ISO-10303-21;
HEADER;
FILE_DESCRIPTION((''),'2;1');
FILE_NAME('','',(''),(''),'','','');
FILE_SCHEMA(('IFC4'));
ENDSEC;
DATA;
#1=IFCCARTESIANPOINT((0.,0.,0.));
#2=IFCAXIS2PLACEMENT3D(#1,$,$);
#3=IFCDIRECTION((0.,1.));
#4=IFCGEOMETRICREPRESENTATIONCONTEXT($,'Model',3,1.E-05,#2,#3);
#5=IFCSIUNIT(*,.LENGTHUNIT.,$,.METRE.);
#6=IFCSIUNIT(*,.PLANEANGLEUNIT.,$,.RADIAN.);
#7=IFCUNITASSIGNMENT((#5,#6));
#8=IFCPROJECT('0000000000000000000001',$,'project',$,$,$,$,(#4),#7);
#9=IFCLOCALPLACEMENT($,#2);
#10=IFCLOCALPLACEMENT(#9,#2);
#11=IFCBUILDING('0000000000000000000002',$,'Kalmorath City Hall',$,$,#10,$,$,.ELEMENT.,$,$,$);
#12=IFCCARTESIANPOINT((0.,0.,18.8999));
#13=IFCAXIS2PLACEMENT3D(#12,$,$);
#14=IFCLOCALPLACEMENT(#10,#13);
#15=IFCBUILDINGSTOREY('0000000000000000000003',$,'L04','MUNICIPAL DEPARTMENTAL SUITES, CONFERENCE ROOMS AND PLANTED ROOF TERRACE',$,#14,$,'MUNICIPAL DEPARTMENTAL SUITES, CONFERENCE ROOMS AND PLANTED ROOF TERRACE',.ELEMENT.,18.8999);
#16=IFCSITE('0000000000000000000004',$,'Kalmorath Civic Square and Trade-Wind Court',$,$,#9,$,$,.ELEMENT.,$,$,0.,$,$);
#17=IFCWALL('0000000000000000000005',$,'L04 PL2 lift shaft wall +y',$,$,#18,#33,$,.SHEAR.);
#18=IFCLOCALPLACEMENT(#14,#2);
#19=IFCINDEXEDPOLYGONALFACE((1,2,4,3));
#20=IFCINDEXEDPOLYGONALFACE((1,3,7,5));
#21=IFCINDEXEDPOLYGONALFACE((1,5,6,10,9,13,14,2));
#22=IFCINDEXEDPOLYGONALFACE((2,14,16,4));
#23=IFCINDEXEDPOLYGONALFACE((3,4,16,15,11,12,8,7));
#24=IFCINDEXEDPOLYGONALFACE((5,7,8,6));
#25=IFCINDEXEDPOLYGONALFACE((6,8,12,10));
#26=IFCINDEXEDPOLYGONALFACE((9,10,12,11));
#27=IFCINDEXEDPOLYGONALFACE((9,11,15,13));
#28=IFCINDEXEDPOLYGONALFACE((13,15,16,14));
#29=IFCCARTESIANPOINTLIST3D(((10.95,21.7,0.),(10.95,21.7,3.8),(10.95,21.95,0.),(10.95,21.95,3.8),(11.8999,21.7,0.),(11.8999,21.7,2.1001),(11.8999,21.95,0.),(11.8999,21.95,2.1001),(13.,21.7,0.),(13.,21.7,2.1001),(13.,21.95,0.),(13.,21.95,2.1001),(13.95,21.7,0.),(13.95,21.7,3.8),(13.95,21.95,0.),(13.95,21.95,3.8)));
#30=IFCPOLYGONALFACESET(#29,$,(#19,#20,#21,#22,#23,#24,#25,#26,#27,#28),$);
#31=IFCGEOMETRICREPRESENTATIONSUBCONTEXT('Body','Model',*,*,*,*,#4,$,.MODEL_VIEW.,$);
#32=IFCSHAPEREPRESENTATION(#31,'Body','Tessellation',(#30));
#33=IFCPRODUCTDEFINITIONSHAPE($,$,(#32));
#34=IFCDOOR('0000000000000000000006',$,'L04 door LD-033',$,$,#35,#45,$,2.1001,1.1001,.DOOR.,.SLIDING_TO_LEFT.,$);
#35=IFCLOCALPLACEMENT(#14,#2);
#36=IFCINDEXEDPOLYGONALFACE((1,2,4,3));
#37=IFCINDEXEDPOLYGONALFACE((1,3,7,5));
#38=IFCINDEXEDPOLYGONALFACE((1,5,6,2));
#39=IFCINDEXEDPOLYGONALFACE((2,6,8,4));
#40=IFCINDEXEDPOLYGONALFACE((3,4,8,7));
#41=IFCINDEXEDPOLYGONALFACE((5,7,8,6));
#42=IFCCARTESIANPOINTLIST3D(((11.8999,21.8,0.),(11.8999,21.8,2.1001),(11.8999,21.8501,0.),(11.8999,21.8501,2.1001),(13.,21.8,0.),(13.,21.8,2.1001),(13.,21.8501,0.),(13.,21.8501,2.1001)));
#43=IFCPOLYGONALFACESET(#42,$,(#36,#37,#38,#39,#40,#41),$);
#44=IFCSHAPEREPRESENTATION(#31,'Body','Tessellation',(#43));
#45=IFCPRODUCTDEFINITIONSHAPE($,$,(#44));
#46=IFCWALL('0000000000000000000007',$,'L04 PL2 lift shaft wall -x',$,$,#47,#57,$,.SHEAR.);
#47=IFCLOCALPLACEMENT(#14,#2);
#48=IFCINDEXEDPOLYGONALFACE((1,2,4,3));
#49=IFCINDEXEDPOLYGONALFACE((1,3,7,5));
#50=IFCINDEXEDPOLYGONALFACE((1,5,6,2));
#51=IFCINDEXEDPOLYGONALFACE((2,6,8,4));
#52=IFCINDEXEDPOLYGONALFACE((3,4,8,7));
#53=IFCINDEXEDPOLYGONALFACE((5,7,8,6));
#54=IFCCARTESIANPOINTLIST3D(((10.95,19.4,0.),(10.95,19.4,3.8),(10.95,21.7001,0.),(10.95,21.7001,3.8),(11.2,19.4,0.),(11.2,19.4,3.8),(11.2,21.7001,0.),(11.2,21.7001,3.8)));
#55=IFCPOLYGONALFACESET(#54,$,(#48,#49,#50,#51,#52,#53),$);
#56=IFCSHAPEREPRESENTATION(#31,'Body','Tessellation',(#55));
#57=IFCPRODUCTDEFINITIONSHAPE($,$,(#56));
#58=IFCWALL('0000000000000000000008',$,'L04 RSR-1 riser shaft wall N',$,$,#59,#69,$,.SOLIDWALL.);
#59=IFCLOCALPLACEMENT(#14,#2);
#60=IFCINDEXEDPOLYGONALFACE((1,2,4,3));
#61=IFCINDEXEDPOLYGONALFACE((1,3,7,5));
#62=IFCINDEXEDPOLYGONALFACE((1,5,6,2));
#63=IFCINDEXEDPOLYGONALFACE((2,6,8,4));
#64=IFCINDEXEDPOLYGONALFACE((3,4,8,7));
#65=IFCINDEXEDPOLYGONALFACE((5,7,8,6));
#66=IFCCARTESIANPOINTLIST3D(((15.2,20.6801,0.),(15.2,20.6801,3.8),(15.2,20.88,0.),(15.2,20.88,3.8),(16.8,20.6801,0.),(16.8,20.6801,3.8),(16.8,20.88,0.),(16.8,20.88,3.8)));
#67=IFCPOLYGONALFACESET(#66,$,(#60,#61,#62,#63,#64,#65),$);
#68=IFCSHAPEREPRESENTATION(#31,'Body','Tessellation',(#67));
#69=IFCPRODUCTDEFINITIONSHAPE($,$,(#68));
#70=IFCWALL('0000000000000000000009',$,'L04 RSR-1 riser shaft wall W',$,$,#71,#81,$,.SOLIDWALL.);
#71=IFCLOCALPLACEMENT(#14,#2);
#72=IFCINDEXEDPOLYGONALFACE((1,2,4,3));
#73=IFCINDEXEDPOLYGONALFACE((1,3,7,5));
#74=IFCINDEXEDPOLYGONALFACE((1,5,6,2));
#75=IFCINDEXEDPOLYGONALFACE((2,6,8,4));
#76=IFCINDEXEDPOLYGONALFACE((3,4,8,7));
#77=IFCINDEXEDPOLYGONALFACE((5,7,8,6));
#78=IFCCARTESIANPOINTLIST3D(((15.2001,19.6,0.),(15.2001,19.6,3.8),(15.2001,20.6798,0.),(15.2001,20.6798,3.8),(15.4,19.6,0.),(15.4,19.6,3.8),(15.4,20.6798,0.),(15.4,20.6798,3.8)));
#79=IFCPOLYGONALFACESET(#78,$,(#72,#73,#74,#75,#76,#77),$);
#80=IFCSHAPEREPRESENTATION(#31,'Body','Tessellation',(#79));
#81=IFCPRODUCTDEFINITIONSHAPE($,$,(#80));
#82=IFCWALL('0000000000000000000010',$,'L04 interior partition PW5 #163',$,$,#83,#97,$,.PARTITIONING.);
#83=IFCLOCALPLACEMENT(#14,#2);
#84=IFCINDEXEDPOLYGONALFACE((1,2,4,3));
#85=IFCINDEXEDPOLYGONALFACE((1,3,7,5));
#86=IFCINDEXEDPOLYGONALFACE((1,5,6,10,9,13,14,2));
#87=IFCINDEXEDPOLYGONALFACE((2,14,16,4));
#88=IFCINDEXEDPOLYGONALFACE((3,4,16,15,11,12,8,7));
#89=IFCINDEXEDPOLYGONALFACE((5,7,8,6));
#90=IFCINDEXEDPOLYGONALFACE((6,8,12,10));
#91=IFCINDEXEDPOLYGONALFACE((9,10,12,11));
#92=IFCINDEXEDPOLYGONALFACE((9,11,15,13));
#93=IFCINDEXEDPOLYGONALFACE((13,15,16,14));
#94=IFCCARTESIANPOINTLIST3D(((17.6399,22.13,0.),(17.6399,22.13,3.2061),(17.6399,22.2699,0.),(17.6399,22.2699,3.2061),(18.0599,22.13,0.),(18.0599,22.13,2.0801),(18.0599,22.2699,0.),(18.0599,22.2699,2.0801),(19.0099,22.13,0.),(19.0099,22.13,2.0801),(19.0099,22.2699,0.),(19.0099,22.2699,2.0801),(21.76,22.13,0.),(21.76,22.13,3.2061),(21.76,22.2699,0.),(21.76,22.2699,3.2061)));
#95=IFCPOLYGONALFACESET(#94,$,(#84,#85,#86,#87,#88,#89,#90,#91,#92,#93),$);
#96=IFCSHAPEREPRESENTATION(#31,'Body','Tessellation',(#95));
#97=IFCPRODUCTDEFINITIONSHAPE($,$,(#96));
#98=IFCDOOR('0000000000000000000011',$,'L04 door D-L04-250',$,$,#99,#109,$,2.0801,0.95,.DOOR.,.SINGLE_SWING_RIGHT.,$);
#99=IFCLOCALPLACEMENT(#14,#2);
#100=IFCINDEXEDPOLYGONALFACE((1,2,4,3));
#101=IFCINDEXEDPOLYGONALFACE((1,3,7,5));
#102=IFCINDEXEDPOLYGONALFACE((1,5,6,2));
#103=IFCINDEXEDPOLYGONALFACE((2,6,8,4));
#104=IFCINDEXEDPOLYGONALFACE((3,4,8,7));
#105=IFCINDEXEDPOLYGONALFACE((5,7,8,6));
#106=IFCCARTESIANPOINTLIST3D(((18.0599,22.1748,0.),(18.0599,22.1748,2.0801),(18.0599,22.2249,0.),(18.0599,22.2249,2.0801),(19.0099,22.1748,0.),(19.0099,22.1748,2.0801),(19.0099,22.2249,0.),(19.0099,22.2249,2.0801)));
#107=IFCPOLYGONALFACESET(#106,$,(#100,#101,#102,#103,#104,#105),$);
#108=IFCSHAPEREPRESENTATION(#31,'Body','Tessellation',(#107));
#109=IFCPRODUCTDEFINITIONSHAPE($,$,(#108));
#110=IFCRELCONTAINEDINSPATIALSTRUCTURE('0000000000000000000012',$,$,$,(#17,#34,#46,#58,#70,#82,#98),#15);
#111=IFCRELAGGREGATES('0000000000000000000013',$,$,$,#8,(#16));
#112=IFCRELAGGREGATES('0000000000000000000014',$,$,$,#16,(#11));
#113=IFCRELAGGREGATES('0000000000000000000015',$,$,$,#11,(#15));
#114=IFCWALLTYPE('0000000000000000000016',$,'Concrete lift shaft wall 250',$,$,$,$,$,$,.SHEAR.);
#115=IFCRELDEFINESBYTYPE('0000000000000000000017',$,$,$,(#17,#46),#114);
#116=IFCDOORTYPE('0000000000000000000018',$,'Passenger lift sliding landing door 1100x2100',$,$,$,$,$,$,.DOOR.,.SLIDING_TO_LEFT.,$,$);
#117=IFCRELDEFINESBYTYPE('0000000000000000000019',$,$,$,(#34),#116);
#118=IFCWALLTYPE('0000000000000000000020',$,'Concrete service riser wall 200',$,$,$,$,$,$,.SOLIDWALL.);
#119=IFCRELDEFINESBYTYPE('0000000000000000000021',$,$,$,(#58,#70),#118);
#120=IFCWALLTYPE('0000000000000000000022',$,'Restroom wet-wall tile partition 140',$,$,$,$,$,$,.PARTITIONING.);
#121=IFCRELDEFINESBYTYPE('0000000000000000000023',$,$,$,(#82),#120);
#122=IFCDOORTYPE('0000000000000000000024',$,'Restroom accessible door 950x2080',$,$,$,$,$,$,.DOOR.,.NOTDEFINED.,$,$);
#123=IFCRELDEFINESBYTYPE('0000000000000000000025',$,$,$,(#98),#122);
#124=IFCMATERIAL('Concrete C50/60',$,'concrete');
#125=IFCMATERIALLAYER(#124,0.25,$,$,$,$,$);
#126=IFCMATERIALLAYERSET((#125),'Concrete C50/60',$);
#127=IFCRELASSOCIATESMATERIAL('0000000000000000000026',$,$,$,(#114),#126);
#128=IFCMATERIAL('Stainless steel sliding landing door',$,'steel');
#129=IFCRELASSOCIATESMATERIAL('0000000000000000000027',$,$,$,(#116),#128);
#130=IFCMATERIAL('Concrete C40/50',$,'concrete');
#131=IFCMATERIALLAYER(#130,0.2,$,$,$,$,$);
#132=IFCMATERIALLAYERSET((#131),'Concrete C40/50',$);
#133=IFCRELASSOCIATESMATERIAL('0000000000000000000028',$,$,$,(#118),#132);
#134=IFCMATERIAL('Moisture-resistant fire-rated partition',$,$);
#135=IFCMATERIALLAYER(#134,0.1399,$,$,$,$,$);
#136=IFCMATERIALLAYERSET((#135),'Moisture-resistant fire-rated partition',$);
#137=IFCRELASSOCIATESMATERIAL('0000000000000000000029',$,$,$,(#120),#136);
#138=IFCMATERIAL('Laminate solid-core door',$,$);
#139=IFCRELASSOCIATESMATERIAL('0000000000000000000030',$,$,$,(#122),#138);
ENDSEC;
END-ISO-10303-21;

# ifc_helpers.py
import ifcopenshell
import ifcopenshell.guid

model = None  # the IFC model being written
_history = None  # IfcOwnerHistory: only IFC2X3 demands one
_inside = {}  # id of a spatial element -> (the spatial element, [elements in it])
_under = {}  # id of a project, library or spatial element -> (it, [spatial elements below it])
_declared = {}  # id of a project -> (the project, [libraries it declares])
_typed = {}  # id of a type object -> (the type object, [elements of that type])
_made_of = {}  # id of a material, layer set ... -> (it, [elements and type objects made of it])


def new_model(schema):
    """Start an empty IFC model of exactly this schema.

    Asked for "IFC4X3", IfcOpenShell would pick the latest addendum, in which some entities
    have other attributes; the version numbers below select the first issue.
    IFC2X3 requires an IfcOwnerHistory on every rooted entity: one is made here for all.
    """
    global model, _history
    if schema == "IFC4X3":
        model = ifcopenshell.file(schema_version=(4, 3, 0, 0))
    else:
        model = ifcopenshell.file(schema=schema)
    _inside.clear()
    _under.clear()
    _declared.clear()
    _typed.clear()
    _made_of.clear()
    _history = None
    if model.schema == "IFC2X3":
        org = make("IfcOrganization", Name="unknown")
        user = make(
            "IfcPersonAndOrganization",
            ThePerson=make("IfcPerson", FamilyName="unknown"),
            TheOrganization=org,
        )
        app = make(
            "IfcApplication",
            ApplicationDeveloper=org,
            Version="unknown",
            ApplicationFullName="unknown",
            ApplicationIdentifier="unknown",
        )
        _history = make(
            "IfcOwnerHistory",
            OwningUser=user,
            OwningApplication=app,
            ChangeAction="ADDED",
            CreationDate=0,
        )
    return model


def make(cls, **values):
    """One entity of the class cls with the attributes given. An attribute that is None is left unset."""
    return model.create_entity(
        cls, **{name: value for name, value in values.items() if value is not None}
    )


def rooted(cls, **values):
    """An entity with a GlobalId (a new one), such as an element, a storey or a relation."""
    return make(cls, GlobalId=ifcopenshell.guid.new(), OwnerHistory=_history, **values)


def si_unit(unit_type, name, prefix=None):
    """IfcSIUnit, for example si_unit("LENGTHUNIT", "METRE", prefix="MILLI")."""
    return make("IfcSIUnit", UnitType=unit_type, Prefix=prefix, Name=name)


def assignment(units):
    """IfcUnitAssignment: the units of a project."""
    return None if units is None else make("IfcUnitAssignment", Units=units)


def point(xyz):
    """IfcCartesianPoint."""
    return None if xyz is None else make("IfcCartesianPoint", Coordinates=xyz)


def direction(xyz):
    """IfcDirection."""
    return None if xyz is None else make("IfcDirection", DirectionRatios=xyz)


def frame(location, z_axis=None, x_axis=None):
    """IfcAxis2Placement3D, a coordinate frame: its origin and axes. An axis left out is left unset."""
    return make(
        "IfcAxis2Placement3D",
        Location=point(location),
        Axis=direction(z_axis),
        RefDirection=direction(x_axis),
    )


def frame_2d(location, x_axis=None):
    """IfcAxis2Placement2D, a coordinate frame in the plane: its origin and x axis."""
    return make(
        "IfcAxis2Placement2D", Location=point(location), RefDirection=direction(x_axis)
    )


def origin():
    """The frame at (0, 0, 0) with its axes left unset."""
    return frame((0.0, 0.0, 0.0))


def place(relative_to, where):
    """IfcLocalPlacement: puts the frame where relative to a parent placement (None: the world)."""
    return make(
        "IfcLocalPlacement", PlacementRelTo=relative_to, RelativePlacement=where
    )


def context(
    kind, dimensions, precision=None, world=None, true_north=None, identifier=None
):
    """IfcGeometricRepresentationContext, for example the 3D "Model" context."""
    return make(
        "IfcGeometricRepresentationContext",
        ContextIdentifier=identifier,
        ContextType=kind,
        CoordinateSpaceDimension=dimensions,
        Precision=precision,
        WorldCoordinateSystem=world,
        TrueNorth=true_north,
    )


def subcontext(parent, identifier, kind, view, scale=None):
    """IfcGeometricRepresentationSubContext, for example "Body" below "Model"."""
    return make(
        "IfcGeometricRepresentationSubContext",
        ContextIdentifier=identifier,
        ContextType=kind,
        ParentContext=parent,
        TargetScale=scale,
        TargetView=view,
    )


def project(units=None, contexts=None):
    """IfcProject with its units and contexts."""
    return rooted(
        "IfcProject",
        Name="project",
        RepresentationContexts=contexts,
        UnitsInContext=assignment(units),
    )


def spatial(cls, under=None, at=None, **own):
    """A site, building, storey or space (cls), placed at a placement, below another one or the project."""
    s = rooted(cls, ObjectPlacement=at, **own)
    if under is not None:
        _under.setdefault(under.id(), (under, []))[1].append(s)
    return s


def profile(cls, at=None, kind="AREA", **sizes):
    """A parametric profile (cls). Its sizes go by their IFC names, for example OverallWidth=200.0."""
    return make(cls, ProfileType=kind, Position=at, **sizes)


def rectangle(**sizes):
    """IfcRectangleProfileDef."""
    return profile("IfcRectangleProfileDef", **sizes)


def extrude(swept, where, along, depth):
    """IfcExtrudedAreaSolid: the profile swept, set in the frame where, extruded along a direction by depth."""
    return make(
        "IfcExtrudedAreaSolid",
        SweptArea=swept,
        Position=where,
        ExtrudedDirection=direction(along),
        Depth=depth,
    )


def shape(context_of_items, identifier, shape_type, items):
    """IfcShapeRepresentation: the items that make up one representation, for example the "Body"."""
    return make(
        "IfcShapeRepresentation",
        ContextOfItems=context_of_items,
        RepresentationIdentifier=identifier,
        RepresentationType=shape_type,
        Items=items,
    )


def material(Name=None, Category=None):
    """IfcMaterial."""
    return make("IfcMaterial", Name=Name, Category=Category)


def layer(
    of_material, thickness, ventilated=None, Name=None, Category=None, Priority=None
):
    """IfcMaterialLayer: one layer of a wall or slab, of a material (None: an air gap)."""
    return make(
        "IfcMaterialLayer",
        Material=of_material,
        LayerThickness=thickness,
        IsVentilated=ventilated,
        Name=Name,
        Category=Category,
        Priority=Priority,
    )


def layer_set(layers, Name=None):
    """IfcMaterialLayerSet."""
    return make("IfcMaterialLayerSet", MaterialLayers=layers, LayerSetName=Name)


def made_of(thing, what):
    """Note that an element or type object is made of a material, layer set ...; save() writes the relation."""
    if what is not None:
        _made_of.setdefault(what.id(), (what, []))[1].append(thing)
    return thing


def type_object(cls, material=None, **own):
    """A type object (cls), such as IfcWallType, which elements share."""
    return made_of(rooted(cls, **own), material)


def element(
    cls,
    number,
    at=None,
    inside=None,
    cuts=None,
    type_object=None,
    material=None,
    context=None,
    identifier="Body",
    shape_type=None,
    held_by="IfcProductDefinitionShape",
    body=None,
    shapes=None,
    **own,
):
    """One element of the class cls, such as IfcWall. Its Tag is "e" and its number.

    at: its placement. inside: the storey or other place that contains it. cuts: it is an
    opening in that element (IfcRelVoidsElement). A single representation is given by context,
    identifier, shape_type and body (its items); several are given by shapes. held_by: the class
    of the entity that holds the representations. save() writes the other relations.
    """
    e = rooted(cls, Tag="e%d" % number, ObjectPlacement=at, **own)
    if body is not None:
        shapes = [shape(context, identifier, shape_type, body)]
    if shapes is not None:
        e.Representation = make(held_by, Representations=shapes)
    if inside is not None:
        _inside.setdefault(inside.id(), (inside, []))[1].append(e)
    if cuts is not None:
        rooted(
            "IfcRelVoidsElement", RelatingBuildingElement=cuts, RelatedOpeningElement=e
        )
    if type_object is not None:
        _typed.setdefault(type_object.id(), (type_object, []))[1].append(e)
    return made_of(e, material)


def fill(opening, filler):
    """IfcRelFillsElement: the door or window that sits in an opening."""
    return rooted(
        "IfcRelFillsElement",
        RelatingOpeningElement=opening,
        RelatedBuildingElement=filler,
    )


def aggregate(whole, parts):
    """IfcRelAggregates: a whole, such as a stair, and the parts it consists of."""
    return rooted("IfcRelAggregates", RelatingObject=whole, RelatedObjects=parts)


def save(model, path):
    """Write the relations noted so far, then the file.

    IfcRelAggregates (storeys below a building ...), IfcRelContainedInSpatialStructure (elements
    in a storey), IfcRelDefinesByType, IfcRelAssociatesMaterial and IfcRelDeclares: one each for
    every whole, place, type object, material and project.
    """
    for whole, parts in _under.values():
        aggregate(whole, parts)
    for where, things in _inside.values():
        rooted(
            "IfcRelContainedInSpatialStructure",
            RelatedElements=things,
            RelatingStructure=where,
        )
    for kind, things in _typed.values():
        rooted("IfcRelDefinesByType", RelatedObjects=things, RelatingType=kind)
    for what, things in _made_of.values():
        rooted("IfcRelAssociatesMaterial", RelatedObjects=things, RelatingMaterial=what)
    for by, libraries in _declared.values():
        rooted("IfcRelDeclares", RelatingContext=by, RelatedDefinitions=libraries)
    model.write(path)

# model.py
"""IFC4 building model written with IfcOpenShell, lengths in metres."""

from ifc_helpers import new_model, si_unit, direction, frame, frame_2d, origin, place, context, subcontext, project, spatial, rectangle, extrude, material, layer, layer_set, type_object, element, fill, save


model = new_model("IFC4")

# Units and contexts
model_context = context("Model", 3, precision=1e-05, world=origin(), true_north=direction((0.0, 1.0)))
body_context = subcontext(model_context, "Body", "Model", "MODEL_VIEW")
ifc_project = project(units=[si_unit("LENGTHUNIT", "METRE"), si_unit("PLANEANGLEUNIT", "RADIAN")], contexts=[model_context])

# Site, building, storey
site_placement = place(None, origin())
site = spatial("IfcSite", under=ifc_project, at=site_placement, Name="Kalmorath Civic Square and Trade-Wind Court", CompositionType="ELEMENT", RefElevation=0.0)
building_placement = place(site_placement, origin())
building = spatial("IfcBuilding", under=site, at=building_placement, Name="Kalmorath City Hall", CompositionType="ELEMENT")
storey_placement = place(building_placement, frame((0.0, 0.0, 18.8999)))
storey = spatial("IfcBuildingStorey", under=building, at=storey_placement, Name="L04", Description="MUNICIPAL DEPARTMENTAL SUITES, CONFERENCE ROOMS AND PLANTED ROOF TERRACE", LongName="MUNICIPAL DEPARTMENTAL SUITES, CONFERENCE ROOMS AND PLANTED ROOF TERRACE", CompositionType="ELEMENT", Elevation=18.8999)

# Shared definitions
ifc_material_1 = material(Name="Concrete C50/60", Category="concrete")
ifc_layer_1 = layer(ifc_material_1, 0.25)
ifc_layer_set_1 = layer_set([ifc_layer_1], Name="Concrete C50/60")
wall_type_1 = type_object("IfcWallType", Name="Concrete lift shaft wall 250", PredefinedType="SHEAR", material=ifc_layer_set_1)
ifc_material_2 = material(Name="Stainless steel sliding landing door", Category="steel")
door_type_1 = type_object("IfcDoorType", Name="Passenger lift sliding landing door 1100x2100", OperationType="SLIDING_TO_LEFT", PredefinedType="DOOR", material=ifc_material_2)

# Wall, opening, door
wall_1_placement = place(storey_placement, frame((13.95, 21.825, 0.0), z_axis=(0.0, 0.0, 1.0), x_axis=(-1.0, 0.0, 0.0)))
wall_1 = element("IfcWall", 1, at=wall_1_placement, inside=storey, type_object=wall_type_1, Name="L04 PL2 lift shaft wall +y", PredefinedType="SHEAR", context=body_context, shape_type="SweptSolid", body=[
    extrude(rectangle(XDim=3.0, YDim=0.25, at=frame_2d((1.5, 0.0))), origin(), (0.0, 0.0, 1.0), 3.8),
])
opening_1_placement = place(wall_1_placement, frame((0.95, 0.0, 0.0)))
opening_1 = element("IfcOpeningElement", 2, at=opening_1_placement, cuts=wall_1, PredefinedType="OPENING", context=body_context, shape_type="SweptSolid", body=[
    extrude(rectangle(XDim=1.1001, YDim=2.1001, at=frame_2d((0.55, 1.05))), frame((0.0, 0.135, 0.0), z_axis=(0.0, -1.0, 0.0), x_axis=(1.0, 0.0, 0.0)), (0.0, 0.0, 1.0), 0.27),
])
door_1_placement = place(opening_1_placement, origin())
door_1 = element("IfcDoor", 3, at=door_1_placement, inside=storey, type_object=door_type_1, Name="L04 door LD-033", OperationType="SLIDING_TO_LEFT", OverallHeight=2.1001, OverallWidth=1.1001, PredefinedType="DOOR", context=body_context, shape_type="SweptSolid", body=[
    extrude(rectangle(XDim=1.1001, YDim=2.1001, at=frame_2d((0.55, 1.05))), frame((0.0, 0.0249, 0.0), z_axis=(0.0, -1.0, 0.0), x_axis=(1.0, 0.0, 0.0)), (0.0, 0.0, 1.0), 0.05),
])
fill(opening_1, door_1)

# Walls
wall_2_placement = place(storey_placement, frame((11.075, 21.7, 0.0), z_axis=(0.0, 0.0, 1.0), x_axis=(0.0, -1.0, 0.0)))
element("IfcWall", 4, at=wall_2_placement, inside=storey, type_object=wall_type_1, Name="L04 PL2 lift shaft wall -x", PredefinedType="SHEAR", context=body_context, shape_type="SweptSolid", body=[
    extrude(rectangle(XDim=2.3, YDim=0.25, at=frame_2d((1.1499, 0.0))), origin(), (0.0, 0.0, 1.0), 3.8),
])
ifc_material_3 = material(Name="Concrete C40/50", Category="concrete")
ifc_layer_2 = layer(ifc_material_3, 0.2)
ifc_layer_set_2 = layer_set([ifc_layer_2], Name="Concrete C40/50")
wall_type_2 = type_object("IfcWallType", Name="Concrete service riser wall 200", PredefinedType="SOLIDWALL", material=ifc_layer_set_2)
wall_3_placement = place(storey_placement, frame((16.8, 20.78, 0.0), z_axis=(0.0, 0.0, 1.0), x_axis=(-1.0, 0.0, 0.0)))
element("IfcWall", 5, at=wall_3_placement, inside=storey, type_object=wall_type_2, Name="L04 RSR-1 riser shaft wall N", PredefinedType="SOLIDWALL", context=body_context, shape_type="SweptSolid", body=[
    extrude(rectangle(XDim=1.6001, YDim=0.2, at=frame_2d((0.8, 0.0))), origin(), (0.0, 0.0, 1.0), 3.8),
])
wall_4_placement = place(storey_placement, frame((15.3, 20.6799, 0.0), z_axis=(0.0, 0.0, 1.0), x_axis=(0.0, -1.0, 0.0)))
element("IfcWall", 6, at=wall_4_placement, inside=storey, type_object=wall_type_2, Name="L04 RSR-1 riser shaft wall W", PredefinedType="SOLIDWALL", context=body_context, shape_type="SweptSolid", body=[
    extrude(rectangle(XDim=1.0798, YDim=0.2, at=frame_2d((0.54, 0.0))), origin(), (0.0, 0.0, 1.0), 3.8),
])

# Wall, opening, door
ifc_material_4 = material(Name="Moisture-resistant fire-rated partition")
ifc_layer_3 = layer(ifc_material_4, 0.1399)
ifc_layer_set_3 = layer_set([ifc_layer_3], Name="Moisture-resistant fire-rated partition")
wall_type_3 = type_object("IfcWallType", Name="Restroom wet-wall tile partition 140", PredefinedType="PARTITIONING", material=ifc_layer_set_3)
wall_5_placement = place(storey_placement, frame((17.6399, 22.2, 0.0), z_axis=(0.0, 0.0, 1.0), x_axis=(1.0, 0.0, 0.0)))
wall_5 = element("IfcWall", 7, at=wall_5_placement, inside=storey, type_object=wall_type_3, Name="L04 interior partition PW5 #163", PredefinedType="PARTITIONING", context=body_context, shape_type="SweptSolid", body=[
    extrude(rectangle(XDim=4.1201, YDim=0.1399, at=frame_2d((2.0601, 0.0))), origin(), (0.0, 0.0, 1.0), 3.2061),
])
opening_2_placement = place(wall_5_placement, frame((0.4199, 0.0, 0.0)))
opening_2 = element("IfcOpeningElement", 8, at=opening_2_placement, cuts=wall_5, PredefinedType="OPENING", context=body_context, shape_type="SweptSolid", body=[
    extrude(rectangle(XDim=0.95, YDim=2.0801, at=frame_2d((0.4751, 1.04))), frame((0.0, 0.0798, 0.0), z_axis=(0.0, -1.0, 0.0), x_axis=(1.0, 0.0, 0.0)), (0.0, 0.0, 1.0), 0.1599),
])
ifc_material_5 = material(Name="Laminate solid-core door")
door_type_2 = type_object("IfcDoorType", Name="Restroom accessible door 950x2080", OperationType="NOTDEFINED", PredefinedType="DOOR", material=ifc_material_5)
door_2_placement = place(opening_2_placement, origin())
door_2 = element("IfcDoor", 9, at=door_2_placement, inside=storey, type_object=door_type_2, Name="L04 door D-L04-250", OperationType="SINGLE_SWING_RIGHT", OverallHeight=2.0801, OverallWidth=0.95, PredefinedType="DOOR", context=body_context, shape_type="SweptSolid", body=[
    extrude(rectangle(XDim=0.95, YDim=2.0801, at=frame_2d((0.4751, 1.04))), frame((0.0, 0.0249, 0.0), z_axis=(0.0, -1.0, 0.0), x_axis=(1.0, 0.0, 0.0)), (0.0, 0.0, 1.0), 0.05),
])
fill(opening_2, door_2)

save(model, "model.ifc")
